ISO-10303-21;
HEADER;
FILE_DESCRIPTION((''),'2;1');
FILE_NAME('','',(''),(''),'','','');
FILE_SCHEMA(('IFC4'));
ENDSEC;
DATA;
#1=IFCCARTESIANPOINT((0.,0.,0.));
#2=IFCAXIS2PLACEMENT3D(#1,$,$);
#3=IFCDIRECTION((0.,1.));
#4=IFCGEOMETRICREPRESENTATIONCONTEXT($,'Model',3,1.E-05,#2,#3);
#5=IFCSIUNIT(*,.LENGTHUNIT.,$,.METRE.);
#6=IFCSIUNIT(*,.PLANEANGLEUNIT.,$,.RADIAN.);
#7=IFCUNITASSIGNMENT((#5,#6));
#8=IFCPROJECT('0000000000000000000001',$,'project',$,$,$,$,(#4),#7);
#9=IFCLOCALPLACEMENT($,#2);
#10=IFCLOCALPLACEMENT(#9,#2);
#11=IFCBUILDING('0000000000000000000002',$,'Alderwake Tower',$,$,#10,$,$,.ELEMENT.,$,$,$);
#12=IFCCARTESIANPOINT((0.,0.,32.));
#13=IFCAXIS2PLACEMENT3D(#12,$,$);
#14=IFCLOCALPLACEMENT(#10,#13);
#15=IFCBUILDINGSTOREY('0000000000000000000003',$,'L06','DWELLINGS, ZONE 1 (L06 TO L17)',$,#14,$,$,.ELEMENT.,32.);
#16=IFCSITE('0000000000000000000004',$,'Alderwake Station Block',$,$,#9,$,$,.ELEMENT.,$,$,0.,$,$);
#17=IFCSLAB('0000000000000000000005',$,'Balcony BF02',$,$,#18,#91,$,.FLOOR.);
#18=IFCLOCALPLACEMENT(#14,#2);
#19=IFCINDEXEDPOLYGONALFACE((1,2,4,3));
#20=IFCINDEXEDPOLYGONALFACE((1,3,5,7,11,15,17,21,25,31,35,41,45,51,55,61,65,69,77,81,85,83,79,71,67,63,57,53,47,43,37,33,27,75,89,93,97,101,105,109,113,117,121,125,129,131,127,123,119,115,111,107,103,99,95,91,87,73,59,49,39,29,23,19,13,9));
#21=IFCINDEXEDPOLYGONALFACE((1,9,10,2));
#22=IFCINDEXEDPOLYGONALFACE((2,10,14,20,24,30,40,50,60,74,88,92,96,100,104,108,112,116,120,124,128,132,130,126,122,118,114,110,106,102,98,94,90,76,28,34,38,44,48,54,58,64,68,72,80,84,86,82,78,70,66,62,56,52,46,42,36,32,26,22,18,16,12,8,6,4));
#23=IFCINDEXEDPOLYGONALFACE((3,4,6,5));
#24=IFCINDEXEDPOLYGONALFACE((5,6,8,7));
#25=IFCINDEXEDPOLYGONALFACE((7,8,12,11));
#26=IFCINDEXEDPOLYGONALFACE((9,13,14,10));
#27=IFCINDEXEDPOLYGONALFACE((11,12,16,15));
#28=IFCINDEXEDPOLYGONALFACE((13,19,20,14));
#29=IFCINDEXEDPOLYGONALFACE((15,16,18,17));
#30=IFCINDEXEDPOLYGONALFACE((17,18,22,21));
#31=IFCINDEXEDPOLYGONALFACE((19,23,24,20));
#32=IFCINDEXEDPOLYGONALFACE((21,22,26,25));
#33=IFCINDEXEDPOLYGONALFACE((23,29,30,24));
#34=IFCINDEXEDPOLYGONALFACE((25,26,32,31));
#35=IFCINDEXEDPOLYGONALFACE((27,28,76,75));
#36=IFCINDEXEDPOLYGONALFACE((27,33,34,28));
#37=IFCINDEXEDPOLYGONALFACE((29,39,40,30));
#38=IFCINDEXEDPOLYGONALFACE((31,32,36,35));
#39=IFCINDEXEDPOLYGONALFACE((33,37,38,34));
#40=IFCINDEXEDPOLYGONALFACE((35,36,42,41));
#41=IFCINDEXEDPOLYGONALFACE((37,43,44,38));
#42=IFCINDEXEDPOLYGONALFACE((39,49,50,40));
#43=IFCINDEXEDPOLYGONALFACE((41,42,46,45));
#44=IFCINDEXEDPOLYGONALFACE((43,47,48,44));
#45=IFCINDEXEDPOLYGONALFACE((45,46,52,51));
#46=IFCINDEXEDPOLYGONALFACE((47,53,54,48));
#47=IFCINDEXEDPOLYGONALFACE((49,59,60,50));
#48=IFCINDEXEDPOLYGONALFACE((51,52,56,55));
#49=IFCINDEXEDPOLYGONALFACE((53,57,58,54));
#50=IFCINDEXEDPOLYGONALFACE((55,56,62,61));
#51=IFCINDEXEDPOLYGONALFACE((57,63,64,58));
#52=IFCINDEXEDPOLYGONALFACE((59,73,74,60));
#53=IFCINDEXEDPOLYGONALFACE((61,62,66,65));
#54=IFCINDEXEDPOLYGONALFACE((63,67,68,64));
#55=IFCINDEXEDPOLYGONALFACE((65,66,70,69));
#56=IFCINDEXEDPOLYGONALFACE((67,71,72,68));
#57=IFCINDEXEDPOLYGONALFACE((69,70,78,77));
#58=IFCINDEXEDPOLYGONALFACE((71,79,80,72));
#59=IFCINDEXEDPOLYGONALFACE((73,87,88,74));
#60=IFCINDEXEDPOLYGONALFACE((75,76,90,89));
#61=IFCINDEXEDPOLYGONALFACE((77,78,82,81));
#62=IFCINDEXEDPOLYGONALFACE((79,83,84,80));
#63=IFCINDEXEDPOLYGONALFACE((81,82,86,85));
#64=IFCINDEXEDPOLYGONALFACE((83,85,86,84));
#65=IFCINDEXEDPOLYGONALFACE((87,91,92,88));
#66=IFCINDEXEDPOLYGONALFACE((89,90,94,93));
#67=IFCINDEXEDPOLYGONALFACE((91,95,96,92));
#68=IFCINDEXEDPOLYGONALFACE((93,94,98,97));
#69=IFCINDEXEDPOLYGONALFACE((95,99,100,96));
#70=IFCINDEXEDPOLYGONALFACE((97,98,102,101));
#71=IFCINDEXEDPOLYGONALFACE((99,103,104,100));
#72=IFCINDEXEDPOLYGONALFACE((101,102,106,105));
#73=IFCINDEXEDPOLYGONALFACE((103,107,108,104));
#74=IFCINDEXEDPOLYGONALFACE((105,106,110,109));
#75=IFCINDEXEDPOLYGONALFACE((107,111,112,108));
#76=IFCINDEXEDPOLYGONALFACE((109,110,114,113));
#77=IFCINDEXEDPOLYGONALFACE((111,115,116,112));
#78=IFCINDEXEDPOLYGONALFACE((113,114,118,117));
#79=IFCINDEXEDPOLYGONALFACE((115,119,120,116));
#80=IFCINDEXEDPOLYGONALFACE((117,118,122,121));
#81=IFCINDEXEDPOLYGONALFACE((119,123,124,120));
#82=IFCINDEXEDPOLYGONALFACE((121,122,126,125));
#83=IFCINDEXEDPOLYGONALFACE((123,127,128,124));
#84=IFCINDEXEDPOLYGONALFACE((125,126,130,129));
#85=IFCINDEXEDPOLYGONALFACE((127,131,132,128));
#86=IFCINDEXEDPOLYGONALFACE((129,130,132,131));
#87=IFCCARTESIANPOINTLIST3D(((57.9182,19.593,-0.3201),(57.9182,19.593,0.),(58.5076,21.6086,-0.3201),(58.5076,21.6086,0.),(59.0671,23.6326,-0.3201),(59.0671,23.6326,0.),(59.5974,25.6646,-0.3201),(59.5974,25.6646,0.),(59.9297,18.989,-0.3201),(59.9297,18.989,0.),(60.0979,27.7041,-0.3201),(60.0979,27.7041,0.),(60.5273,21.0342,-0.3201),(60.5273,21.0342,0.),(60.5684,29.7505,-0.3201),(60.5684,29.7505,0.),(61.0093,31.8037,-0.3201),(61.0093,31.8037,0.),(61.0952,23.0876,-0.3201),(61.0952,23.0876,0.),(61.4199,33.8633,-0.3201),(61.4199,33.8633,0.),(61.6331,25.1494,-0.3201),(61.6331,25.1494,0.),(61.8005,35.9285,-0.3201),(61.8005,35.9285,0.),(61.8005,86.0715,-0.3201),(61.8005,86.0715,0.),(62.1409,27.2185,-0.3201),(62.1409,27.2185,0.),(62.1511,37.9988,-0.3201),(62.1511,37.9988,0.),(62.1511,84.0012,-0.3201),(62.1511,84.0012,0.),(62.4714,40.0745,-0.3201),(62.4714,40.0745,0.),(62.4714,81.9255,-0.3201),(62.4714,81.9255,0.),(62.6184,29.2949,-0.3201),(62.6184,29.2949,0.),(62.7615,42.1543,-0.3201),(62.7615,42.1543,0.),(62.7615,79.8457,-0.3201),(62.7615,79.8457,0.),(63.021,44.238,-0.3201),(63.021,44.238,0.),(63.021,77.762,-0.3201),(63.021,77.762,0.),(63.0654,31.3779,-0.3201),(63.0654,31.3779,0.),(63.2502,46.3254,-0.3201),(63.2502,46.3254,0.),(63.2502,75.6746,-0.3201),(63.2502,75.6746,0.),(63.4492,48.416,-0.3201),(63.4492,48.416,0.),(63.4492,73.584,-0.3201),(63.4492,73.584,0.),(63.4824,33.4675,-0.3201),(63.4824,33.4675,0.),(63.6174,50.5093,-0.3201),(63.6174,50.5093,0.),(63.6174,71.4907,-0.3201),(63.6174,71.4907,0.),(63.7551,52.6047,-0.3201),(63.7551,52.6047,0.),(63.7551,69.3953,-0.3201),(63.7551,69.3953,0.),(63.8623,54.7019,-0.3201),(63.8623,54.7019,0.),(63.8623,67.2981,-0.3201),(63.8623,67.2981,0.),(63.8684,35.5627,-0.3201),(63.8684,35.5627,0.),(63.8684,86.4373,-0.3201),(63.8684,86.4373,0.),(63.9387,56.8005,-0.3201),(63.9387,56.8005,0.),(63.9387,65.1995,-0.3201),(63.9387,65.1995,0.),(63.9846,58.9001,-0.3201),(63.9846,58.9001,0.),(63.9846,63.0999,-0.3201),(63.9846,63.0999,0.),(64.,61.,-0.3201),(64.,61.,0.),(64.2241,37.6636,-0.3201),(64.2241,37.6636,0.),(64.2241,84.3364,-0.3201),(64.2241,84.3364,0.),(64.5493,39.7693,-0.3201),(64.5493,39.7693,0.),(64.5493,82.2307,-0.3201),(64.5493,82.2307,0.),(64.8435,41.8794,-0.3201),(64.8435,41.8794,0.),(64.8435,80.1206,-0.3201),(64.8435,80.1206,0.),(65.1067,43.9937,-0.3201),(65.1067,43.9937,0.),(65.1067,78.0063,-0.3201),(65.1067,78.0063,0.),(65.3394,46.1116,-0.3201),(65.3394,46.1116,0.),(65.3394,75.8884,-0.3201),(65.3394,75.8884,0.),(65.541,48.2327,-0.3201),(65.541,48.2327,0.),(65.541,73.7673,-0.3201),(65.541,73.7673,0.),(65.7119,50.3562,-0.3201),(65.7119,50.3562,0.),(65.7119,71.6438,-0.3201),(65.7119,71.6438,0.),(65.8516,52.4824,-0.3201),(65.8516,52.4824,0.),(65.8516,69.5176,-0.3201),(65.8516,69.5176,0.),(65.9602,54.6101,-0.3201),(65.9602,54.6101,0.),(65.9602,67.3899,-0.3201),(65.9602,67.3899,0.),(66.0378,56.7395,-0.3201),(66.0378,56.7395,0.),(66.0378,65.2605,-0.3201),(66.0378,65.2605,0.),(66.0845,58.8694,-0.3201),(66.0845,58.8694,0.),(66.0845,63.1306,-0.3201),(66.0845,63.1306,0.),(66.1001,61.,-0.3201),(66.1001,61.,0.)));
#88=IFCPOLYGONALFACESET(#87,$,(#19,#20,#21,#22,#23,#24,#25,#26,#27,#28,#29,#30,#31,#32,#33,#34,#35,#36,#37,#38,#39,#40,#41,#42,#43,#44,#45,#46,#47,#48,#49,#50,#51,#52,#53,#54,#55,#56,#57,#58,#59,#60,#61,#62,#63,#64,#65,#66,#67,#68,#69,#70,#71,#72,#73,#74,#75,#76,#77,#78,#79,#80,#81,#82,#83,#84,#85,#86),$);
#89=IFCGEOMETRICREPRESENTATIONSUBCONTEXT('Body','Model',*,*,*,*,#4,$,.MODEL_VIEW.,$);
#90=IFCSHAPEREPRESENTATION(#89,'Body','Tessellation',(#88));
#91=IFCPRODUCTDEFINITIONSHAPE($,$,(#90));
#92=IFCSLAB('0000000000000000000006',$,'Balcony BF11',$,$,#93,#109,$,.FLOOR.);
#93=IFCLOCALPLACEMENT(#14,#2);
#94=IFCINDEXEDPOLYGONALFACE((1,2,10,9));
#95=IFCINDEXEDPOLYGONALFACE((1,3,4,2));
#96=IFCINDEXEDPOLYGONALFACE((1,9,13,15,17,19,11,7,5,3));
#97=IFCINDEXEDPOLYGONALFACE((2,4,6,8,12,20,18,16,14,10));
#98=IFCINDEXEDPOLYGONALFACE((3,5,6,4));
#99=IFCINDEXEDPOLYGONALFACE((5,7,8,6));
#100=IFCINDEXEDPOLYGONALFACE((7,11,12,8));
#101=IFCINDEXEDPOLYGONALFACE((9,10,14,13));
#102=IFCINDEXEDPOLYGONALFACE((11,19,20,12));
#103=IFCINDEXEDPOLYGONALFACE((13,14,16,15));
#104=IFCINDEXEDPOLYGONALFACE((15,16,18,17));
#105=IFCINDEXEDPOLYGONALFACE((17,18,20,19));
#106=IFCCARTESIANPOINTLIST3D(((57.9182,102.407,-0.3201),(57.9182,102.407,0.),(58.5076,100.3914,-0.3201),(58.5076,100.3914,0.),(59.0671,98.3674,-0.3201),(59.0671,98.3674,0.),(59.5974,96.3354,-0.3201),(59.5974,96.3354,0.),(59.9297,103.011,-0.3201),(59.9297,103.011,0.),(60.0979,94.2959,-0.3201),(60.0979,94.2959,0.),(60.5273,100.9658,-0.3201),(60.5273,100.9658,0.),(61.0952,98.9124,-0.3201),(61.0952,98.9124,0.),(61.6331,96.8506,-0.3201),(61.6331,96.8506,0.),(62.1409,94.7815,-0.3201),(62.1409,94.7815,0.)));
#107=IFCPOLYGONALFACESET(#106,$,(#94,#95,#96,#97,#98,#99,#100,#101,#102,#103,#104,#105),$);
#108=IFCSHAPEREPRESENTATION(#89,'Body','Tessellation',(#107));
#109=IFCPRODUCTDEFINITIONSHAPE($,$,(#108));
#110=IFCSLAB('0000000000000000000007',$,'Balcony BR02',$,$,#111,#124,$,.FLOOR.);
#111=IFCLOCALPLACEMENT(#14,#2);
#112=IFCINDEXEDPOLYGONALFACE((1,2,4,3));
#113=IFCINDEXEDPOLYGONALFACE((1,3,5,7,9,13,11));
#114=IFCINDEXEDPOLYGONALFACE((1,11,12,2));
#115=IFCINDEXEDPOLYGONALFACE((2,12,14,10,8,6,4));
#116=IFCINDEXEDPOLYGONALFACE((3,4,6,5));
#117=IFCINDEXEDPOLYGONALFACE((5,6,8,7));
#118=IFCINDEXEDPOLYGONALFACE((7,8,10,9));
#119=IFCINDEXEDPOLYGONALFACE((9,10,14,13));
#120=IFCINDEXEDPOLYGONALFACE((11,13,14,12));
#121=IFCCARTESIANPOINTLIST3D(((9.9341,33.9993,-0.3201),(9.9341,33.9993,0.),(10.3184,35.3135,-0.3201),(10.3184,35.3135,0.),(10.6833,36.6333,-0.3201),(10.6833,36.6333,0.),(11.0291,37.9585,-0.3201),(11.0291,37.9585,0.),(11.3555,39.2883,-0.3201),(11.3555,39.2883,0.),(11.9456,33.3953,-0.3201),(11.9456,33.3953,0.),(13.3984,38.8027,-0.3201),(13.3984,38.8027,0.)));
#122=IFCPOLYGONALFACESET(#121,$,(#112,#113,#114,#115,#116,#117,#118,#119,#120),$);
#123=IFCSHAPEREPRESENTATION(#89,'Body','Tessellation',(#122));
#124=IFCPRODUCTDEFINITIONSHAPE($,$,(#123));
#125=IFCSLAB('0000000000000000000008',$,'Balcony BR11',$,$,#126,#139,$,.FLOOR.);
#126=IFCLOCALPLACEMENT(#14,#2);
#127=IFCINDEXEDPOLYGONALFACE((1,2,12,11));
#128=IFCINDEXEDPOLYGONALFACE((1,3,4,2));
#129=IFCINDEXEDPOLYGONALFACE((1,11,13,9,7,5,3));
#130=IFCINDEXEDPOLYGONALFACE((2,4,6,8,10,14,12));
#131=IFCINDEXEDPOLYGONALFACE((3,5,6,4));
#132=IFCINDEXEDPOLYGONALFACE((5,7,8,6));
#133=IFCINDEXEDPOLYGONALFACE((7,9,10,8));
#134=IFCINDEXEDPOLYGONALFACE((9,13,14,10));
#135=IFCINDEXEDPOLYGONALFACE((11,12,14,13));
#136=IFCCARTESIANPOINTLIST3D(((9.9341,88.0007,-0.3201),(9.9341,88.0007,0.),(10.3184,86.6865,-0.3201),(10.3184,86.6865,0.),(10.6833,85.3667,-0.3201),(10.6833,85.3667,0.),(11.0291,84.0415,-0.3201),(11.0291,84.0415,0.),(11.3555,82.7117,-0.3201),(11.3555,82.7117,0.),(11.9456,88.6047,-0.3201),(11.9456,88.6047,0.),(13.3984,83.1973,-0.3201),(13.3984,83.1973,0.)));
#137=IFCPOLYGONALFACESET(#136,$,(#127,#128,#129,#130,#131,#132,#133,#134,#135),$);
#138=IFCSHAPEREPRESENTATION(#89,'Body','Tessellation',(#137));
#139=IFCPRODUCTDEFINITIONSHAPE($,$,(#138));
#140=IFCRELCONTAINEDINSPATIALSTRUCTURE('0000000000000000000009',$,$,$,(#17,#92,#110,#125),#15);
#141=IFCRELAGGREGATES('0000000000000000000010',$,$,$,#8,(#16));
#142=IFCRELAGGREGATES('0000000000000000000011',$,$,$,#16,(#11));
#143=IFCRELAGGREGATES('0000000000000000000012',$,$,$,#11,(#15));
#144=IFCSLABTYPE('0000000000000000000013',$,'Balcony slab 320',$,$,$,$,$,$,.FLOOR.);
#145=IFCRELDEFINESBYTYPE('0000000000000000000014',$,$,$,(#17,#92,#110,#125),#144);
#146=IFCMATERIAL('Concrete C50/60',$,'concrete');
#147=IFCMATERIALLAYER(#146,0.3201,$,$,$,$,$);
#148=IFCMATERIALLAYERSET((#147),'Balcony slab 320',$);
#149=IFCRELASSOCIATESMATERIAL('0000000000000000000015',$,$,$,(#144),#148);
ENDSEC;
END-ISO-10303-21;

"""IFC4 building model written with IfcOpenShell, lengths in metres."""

from ifc_helpers import new_model, si_unit, direction, frame, origin, place, context, subcontext, project, spatial, polyline, outline, extrude, material, layer, layer_set, type_object, element, save


model = new_model("IFC4")

# Units and contexts
model_context = context("Model", 3, precision=1e-05, world=origin(), true_north=direction((0.0, 1.0)))
body_context = subcontext(model_context, "Body", "Model", "MODEL_VIEW")
ifc_project = project(units=[si_unit("LENGTHUNIT", "METRE"), si_unit("PLANEANGLEUNIT", "RADIAN")], contexts=[model_context])

# Site, building, storey
site_placement = place(None, origin())
site = spatial("IfcSite", under=ifc_project, at=site_placement, Name="Alderwake Station Block", CompositionType="ELEMENT", RefElevation=0.0)
building_placement = place(site_placement, origin())
building = spatial("IfcBuilding", under=site, at=building_placement, Name="Alderwake Tower", CompositionType="ELEMENT")
storey_placement = place(building_placement, frame((0.0, 0.0, 32.0)))
storey = spatial("IfcBuildingStorey", under=building, at=storey_placement, Name="L06", Description="DWELLINGS, ZONE 1 (L06 TO L17)", CompositionType="ELEMENT", Elevation=32.0)

# Slabs
ifc_material_1 = material(Name="Concrete C50/60", Category="concrete")
ifc_layer_1 = layer(ifc_material_1, 0.3201)
ifc_layer_set_1 = layer_set([ifc_layer_1], Name="Balcony slab 320")
slab_type_1 = type_object("IfcSlabType", Name="Balcony slab 320", PredefinedType="FLOOR", material=ifc_layer_set_1)
slab_1_placement = place(storey_placement, frame((0.0, 0.0, -0.3201)))
element("IfcSlab", 1, at=slab_1_placement, inside=storey, type_object=slab_type_1, Name="Balcony BF02", PredefinedType="FLOOR", context=body_context, shape_type="SweptSolid", body=[
    extrude(outline(polyline([(59.9297, 18.989), (60.5273, 21.0342), (61.0952, 23.0876), (61.6331, 25.1494), (62.1409, 27.2185), (62.6184, 29.2949), (63.0654, 31.3779), (63.4824, 33.4675), (63.8684, 35.5627), (64.2241, 37.6636), (64.5493, 39.7693), (64.8435, 41.8794), (65.1067, 43.9937), (65.3394, 46.1116), (65.541, 48.2327), (65.7119, 50.3562), (65.8516, 52.4824), (65.9602, 54.6101), (66.0378, 56.7395), (66.0845, 58.8694), (66.1001, 61.0), (66.0845, 63.1306), (66.0378, 65.2605), (65.9602, 67.3899), (65.8516, 69.5176), (65.7119, 71.6438), (65.541, 73.7673), (65.3394, 75.8884), (65.1067, 78.0063), (64.8435, 80.1206), (64.5493, 82.2307), (64.2241, 84.3364), (63.8684, 86.4373), (61.8005, 86.0715), (62.1511, 84.0012), (62.4714, 81.9255), (62.7615, 79.8457), (63.021, 77.762), (63.2502, 75.6746), (63.4492, 73.584), (63.6174, 71.4907), (63.7551, 69.3953), (63.8623, 67.2981), (63.9387, 65.1995), (63.9846, 63.0999), (64.0, 61.0), (63.9846, 58.9001), (63.9387, 56.8005), (63.8623, 54.7019), (63.7551, 52.6047), (63.6174, 50.5093), (63.4492, 48.416), (63.2502, 46.3254), (63.021, 44.238), (62.7615, 42.1543), (62.4714, 40.0745), (62.1511, 37.9988), (61.8005, 35.9285), (61.4199, 33.8633), (61.0093, 31.8037), (60.5684, 29.7505), (60.0979, 27.7041), (59.5974, 25.6646), (59.0671, 23.6326), (58.5076, 21.6086), (57.9182, 19.593), (59.9297, 18.989)])), origin(), (0.0, 0.0, 1.0), 0.3201),
])
slab_2_placement = place(storey_placement, frame((0.0, 0.0, -0.3201)))
element("IfcSlab", 2, at=slab_2_placement, inside=storey, type_object=slab_type_1, Name="Balcony BF11", PredefinedType="FLOOR", context=body_context, shape_type="SweptSolid", body=[
    extrude(outline(polyline([(60.0979, 94.2959), (62.1409, 94.7815), (61.6331, 96.8506), (61.0952, 98.9124), (60.5273, 100.9658), (59.9297, 103.011), (57.9182, 102.407), (58.5076, 100.3914), (59.0671, 98.3674), (59.5974, 96.3354), (60.0979, 94.2959)])), origin(), (0.0, 0.0, 1.0), 0.3201),
])
slab_3_placement = place(storey_placement, frame((0.0, 0.0, -0.3201)))
element("IfcSlab", 3, at=slab_3_placement, inside=storey, type_object=slab_type_1, Name="Balcony BR02", PredefinedType="FLOOR", context=body_context, shape_type="SweptSolid", body=[
    extrude(outline(polyline([(9.9341, 33.9993), (11.9456, 33.3953), (13.3984, 38.8027), (11.3555, 39.2883), (11.0291, 37.9585), (10.6833, 36.6333), (10.3184, 35.3135), (9.9341, 33.9993)])), origin(), (0.0, 0.0, 1.0), 0.3201),
])
slab_4_placement = place(storey_placement, frame((0.0, 0.0, -0.3201)))
element("IfcSlab", 4, at=slab_4_placement, inside=storey, type_object=slab_type_1, Name="Balcony BR11", PredefinedType="FLOOR", context=body_context, shape_type="SweptSolid", body=[
    extrude(outline(polyline([(11.3555, 82.7117), (13.3984, 83.1973), (11.9456, 88.6047), (9.9341, 88.0007), (10.3184, 86.6865), (10.6833, 85.3667), (11.0291, 84.0415), (11.3555, 82.7117)])), origin(), (0.0, 0.0, 1.0), 0.3201),
])

save(model, "model.ifc")
